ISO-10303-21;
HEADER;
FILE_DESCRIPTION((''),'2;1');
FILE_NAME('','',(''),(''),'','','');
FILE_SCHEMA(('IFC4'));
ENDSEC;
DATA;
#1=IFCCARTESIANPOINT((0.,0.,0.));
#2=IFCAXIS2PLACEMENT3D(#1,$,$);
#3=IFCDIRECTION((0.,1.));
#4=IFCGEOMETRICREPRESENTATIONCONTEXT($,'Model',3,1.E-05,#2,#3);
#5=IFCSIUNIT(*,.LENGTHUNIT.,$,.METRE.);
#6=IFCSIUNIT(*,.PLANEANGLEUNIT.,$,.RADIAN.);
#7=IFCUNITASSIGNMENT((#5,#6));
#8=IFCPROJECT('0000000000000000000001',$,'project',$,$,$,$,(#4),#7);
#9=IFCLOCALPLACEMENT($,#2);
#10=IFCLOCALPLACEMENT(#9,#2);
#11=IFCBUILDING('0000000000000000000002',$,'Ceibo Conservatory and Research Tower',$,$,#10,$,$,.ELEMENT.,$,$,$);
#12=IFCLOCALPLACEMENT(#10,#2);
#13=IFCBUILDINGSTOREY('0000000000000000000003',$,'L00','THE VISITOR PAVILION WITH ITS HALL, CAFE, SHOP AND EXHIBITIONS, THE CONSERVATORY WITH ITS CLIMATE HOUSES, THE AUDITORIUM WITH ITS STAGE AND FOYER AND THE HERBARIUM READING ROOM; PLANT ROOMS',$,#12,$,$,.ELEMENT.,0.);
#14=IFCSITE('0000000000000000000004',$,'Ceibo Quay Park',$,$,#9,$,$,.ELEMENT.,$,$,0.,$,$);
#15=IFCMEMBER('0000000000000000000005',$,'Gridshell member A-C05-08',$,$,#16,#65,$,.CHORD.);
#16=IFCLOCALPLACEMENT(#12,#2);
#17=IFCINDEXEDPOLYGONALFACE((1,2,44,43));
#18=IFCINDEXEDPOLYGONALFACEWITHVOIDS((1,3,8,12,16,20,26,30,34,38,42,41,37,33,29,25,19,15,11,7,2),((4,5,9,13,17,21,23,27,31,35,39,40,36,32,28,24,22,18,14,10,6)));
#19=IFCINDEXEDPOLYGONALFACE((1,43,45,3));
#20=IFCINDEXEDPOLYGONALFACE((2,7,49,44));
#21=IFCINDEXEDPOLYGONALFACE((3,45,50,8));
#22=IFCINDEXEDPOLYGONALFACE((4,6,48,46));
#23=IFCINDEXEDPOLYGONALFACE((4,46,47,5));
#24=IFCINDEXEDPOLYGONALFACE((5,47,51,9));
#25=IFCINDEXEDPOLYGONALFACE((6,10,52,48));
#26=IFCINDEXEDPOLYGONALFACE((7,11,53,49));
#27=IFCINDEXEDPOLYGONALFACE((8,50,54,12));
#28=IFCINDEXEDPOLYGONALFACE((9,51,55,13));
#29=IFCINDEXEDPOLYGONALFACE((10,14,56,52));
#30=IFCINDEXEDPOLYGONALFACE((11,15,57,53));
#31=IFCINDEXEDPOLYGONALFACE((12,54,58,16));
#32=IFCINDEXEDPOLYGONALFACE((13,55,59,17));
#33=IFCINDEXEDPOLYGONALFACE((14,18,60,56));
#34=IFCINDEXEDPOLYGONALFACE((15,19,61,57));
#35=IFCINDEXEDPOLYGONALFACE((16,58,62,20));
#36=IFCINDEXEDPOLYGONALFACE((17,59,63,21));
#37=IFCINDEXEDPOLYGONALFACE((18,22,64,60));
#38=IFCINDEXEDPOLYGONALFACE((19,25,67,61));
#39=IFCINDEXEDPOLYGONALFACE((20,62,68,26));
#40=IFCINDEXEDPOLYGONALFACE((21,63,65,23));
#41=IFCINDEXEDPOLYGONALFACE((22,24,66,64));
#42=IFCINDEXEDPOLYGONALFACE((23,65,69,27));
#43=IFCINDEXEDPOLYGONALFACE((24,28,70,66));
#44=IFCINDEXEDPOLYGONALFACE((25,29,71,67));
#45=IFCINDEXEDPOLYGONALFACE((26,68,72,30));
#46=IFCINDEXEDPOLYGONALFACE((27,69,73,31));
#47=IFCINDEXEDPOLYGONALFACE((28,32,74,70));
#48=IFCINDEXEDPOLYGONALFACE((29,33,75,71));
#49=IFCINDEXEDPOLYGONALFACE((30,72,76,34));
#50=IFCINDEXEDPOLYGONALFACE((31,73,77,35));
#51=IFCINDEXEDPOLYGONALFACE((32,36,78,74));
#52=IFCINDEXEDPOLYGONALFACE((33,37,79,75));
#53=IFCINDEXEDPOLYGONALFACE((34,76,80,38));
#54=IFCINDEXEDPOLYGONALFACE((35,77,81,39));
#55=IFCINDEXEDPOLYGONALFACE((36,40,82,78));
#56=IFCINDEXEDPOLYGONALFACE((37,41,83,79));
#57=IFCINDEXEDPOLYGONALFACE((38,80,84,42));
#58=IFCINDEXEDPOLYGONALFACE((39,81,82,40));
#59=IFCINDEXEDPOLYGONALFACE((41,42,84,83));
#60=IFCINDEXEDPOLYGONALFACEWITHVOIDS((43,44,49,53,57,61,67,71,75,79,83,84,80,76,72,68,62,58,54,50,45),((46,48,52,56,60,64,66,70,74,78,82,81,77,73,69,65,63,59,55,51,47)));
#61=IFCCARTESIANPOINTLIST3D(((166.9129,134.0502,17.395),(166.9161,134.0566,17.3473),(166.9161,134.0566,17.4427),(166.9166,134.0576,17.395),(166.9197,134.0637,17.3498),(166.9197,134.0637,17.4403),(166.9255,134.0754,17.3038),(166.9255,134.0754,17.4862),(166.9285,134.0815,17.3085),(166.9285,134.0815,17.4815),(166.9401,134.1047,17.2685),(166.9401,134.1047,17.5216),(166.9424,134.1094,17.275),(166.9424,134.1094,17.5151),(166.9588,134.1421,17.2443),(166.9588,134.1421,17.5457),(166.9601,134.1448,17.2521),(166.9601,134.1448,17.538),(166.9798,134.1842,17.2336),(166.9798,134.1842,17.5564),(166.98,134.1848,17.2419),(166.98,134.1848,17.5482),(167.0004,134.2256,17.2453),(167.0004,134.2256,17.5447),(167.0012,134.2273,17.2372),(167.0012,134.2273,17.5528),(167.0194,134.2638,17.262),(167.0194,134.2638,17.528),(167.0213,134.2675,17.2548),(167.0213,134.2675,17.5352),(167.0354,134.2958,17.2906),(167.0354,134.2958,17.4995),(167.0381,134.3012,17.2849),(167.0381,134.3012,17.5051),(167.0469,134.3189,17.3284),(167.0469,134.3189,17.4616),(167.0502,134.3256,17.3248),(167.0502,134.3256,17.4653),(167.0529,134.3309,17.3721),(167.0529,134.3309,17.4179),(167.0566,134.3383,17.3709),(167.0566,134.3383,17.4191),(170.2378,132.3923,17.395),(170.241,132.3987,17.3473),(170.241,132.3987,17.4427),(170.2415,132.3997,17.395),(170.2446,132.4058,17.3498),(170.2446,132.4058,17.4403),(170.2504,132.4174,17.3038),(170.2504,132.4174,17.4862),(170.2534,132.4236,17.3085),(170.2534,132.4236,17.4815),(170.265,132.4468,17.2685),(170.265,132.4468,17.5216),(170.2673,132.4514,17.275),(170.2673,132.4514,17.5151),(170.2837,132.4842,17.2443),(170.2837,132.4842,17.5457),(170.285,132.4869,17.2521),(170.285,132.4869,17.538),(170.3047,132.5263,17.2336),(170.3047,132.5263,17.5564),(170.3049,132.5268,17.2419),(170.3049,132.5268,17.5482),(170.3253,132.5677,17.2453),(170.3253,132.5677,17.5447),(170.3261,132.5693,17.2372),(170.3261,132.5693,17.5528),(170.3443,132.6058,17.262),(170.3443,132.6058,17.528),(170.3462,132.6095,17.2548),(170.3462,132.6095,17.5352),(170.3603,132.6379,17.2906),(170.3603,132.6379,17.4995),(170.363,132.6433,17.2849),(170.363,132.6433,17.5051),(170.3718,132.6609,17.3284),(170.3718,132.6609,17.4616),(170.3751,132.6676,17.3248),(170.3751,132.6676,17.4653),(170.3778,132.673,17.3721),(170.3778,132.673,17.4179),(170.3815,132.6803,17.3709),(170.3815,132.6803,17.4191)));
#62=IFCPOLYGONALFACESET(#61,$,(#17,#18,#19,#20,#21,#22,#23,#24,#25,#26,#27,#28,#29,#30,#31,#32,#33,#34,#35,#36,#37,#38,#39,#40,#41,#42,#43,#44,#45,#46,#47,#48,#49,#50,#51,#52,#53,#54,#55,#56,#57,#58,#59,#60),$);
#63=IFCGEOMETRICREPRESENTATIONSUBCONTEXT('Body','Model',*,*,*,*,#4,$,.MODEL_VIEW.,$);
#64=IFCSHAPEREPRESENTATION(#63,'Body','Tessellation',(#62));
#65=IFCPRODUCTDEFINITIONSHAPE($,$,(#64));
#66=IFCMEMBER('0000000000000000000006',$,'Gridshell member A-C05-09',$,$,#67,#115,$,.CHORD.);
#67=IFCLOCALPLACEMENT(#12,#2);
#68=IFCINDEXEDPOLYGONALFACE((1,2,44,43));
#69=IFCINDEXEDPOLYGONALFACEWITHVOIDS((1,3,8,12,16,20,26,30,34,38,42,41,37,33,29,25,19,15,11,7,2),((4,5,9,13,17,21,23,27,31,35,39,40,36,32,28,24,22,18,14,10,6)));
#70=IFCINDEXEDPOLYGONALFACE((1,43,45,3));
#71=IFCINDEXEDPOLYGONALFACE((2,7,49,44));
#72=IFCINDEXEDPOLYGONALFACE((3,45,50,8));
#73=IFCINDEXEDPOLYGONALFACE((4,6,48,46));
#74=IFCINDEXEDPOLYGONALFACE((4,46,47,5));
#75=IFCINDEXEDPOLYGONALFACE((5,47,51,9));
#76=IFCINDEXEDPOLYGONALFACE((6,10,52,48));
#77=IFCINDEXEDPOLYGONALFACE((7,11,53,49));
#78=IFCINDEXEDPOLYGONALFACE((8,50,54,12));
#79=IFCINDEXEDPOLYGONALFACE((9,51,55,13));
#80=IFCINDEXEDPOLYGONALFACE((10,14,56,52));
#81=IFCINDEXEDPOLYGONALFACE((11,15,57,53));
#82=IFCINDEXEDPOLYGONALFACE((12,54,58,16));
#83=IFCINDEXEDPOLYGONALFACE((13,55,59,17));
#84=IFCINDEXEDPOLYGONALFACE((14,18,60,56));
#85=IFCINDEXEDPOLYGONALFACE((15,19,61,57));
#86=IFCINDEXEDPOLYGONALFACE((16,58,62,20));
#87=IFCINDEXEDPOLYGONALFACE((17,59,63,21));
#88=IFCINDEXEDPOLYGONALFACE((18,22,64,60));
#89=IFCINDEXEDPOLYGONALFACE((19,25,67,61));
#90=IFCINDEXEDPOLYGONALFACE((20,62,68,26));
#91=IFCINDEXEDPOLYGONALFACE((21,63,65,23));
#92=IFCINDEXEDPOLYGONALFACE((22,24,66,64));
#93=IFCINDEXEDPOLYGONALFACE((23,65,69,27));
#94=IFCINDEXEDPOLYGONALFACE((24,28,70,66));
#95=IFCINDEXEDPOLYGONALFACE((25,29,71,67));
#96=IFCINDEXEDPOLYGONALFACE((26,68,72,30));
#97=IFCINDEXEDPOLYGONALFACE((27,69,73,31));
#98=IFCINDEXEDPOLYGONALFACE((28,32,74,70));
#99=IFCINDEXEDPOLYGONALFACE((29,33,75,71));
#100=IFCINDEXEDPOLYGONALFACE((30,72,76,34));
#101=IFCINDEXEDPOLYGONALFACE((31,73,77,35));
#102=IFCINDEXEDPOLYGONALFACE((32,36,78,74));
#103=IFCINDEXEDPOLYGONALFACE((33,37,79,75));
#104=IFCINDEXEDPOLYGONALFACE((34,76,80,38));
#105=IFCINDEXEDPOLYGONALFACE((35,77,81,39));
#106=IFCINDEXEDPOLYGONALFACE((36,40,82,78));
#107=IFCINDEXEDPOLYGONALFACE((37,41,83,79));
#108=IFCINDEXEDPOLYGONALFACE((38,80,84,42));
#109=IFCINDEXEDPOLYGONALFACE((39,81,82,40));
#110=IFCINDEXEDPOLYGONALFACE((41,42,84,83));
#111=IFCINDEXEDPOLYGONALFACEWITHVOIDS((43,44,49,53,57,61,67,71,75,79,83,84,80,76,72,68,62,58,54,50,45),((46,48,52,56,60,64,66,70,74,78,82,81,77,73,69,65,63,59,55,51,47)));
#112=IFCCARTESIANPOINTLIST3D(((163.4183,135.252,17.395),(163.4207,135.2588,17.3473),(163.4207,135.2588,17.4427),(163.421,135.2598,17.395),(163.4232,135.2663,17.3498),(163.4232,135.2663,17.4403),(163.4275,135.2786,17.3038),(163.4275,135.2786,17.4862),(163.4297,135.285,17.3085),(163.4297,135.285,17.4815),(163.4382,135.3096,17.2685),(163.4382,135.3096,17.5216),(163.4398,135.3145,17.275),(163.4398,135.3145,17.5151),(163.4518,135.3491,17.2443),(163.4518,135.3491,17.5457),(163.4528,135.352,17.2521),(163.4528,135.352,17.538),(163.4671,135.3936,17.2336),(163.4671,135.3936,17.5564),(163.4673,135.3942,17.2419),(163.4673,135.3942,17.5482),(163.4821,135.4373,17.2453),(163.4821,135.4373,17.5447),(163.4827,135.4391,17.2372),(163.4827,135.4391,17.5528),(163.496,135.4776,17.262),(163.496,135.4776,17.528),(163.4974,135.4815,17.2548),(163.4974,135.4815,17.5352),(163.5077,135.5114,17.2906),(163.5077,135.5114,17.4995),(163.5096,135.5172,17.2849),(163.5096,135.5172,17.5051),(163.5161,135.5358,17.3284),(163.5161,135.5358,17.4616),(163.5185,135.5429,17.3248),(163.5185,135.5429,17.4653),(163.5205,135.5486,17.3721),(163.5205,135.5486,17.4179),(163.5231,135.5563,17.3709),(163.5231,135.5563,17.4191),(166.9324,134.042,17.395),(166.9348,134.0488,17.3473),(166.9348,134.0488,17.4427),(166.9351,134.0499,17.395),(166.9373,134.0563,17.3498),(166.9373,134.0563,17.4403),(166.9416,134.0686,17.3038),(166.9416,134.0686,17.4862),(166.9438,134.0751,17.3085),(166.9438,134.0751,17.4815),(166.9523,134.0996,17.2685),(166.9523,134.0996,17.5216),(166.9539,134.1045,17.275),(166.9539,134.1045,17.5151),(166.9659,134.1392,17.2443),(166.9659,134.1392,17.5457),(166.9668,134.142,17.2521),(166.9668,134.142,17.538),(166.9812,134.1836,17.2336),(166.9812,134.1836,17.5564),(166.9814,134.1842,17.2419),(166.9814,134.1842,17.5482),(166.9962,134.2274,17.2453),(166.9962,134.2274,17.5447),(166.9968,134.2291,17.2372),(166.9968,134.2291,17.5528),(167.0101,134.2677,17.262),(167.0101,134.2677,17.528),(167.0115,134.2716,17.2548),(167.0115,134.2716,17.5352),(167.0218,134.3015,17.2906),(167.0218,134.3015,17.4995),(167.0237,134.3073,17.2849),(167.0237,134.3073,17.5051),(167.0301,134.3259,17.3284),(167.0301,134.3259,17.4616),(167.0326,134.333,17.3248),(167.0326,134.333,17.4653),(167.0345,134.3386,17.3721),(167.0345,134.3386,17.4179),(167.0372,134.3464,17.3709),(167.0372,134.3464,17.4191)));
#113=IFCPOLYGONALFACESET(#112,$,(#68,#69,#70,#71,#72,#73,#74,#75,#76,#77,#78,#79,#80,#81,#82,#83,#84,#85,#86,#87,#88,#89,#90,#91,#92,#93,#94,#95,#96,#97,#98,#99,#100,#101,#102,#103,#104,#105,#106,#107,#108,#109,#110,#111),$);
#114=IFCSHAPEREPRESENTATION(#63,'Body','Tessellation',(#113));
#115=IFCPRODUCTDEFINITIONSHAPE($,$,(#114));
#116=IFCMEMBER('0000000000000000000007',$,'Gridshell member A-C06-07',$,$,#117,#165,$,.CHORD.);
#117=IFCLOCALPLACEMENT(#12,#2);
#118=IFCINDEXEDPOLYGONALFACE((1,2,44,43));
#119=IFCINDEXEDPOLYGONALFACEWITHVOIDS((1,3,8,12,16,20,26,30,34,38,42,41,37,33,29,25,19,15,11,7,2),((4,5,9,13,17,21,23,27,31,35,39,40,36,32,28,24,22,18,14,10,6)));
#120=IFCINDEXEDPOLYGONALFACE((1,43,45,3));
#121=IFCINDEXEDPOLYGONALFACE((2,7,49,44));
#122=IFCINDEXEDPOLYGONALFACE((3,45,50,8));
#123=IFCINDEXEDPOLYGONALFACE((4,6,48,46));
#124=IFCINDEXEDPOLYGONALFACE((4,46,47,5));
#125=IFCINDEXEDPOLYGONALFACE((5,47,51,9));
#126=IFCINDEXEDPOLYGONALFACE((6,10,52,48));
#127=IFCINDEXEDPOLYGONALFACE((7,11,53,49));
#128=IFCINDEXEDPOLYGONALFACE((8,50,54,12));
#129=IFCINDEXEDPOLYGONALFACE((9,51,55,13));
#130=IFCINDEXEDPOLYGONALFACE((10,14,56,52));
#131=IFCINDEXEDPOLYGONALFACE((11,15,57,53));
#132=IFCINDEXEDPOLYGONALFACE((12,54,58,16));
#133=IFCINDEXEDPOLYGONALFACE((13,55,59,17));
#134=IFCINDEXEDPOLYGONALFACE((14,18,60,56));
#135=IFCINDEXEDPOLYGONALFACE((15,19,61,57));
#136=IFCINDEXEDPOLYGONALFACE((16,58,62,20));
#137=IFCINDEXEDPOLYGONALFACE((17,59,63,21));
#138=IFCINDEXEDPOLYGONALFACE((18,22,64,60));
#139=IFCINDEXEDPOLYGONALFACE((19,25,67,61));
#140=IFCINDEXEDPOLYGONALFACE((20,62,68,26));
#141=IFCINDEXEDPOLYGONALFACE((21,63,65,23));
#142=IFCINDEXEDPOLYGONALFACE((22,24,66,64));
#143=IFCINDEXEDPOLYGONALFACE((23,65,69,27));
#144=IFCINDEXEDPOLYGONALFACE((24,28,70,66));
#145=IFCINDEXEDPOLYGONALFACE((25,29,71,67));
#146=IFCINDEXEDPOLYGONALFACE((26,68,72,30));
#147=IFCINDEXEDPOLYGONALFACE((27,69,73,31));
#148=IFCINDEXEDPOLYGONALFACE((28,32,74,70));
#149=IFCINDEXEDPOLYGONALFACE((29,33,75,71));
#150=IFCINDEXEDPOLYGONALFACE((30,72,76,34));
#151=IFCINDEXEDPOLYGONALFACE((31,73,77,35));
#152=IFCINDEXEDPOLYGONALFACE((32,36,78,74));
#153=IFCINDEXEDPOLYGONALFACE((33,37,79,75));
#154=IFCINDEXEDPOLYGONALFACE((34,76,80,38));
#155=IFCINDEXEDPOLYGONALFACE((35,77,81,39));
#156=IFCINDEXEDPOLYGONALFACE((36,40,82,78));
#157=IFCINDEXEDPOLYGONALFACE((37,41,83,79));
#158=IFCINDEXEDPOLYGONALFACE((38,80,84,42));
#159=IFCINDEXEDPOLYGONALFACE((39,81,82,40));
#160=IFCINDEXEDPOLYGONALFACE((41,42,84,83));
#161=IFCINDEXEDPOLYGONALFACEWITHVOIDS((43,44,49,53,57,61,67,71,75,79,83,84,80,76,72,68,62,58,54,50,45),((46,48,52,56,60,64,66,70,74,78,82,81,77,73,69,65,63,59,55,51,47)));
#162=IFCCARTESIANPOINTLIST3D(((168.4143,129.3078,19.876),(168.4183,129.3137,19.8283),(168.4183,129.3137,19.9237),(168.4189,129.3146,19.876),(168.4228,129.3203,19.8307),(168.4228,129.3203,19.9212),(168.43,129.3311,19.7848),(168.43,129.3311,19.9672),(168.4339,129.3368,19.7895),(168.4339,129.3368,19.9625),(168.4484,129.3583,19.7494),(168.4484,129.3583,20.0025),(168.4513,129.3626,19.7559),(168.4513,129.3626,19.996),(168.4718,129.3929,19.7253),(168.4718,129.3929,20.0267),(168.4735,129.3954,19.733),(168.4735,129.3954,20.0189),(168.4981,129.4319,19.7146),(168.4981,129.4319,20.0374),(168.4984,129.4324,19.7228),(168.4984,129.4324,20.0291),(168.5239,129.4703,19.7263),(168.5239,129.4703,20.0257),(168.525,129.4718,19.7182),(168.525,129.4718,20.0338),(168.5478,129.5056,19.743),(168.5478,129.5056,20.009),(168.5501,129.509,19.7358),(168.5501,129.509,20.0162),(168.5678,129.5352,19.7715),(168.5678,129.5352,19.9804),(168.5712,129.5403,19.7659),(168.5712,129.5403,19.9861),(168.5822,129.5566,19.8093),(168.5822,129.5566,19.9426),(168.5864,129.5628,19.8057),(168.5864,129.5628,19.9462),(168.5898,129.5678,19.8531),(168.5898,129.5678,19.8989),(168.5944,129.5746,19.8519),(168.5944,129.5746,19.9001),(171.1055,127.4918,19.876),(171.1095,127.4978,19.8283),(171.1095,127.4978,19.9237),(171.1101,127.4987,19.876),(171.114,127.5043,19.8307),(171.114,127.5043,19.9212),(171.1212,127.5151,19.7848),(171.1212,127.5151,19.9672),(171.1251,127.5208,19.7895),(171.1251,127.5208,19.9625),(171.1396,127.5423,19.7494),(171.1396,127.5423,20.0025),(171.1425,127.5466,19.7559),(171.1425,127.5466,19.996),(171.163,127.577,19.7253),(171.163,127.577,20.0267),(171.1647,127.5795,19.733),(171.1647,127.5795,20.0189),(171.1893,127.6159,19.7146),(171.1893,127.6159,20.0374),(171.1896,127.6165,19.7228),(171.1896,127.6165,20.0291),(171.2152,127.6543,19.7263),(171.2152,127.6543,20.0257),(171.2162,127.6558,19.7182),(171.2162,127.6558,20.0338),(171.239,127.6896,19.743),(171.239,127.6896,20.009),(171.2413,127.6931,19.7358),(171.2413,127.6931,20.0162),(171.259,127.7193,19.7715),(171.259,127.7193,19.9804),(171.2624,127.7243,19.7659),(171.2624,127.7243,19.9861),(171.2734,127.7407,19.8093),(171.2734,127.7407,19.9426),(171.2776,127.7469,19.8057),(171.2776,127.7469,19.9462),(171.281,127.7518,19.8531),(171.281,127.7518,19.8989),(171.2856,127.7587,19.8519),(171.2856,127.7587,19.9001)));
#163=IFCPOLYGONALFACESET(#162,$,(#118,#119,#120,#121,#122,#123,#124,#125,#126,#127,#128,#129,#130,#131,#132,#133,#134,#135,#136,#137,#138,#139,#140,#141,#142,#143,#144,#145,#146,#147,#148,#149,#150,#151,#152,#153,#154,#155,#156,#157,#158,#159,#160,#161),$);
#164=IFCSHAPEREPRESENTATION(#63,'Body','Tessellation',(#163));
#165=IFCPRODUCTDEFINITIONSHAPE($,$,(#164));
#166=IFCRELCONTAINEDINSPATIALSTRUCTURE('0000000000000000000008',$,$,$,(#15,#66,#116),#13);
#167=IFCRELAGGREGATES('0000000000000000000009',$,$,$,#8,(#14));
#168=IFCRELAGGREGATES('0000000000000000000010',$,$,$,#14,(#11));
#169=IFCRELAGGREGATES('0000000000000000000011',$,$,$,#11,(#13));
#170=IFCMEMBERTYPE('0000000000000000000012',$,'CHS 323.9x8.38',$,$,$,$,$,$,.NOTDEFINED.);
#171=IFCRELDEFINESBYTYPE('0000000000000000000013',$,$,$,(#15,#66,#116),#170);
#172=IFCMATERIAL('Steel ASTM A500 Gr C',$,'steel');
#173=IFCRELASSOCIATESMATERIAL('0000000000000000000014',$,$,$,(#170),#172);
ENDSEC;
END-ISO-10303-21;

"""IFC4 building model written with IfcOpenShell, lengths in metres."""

from ifc_helpers import new_model, si_unit, direction, frame, origin, origin_2d, place, context, subcontext, project, spatial, hollow_circle, extrude, material, material_profile, profile_set, type_object, element, save


model = new_model("IFC4")

# Units and contexts
model_context = context("Model", 3, precision=1e-05, world=origin(), true_north=direction((0.0, 1.0)))
body_context = subcontext(model_context, "Body", "Model", "MODEL_VIEW")
ifc_project = project(units=[si_unit("LENGTHUNIT", "METRE"), si_unit("PLANEANGLEUNIT", "RADIAN")], contexts=[model_context])

# Site, building, storey
site_placement = place(None, origin())
site = spatial("IfcSite", under=ifc_project, at=site_placement, Name="Ceibo Quay Park", CompositionType="ELEMENT", RefElevation=0.0)
building_placement = place(site_placement, origin())
building = spatial("IfcBuilding", under=site, at=building_placement, Name="Ceibo Conservatory and Research Tower", CompositionType="ELEMENT")
storey_placement = place(building_placement, origin())
storey = spatial("IfcBuildingStorey", under=building, at=storey_placement, Name="L00", Description="THE VISITOR PAVILION WITH ITS HALL, CAFE, SHOP AND EXHIBITIONS, THE CONSERVATORY WITH ITS CLIMATE HOUSES, THE AUDITORIUM WITH ITS STAGE AND FOYER AND THE HERBARIUM READING ROOM; PLANT ROOMS", CompositionType="ELEMENT", Elevation=0.0)

# Members
ifc_material_1 = material(Name="Steel ASTM A500 Gr C", Category="steel")
ifc_material_profile_1 = material_profile(ifc_material_1, hollow_circle(Radius=0.1619, WallThickness=0.0083, at=origin_2d()), Name="CHS 323.9x8.38")
ifc_profile_set_1 = profile_set([ifc_material_profile_1], Name="Steel ASTM A500 Gr C")
member_type_1 = type_object("IfcMemberType", Name="CHS 323.9x8.38", PredefinedType="NOTDEFINED", material=ifc_profile_set_1)
member_1_placement = place(storey_placement, frame((170.3101, 132.5371, 17.395), z_axis=(-0.894913, 0.446241, 0.0), x_axis=(-0.446241, -0.894913, 0.0)))
element("IfcMember", 1, at=member_1_placement, inside=storey, type_object=member_type_1, Name="Gridshell member A-C05-08", PredefinedType="CHORD", context=body_context, shape_type="SweptSolid", body=[
    extrude(hollow_circle(Radius=0.1619, WallThickness=0.0083, at=origin_2d()), origin(), (0.0, 0.0, 1.0), 3.7153),
])
member_2_placement = place(storey_placement, frame((166.9851, 134.1951, 17.395), z_axis=(-0.945524, 0.325553, 0.0), x_axis=(-0.325553, -0.945524, 0.0)))
element("IfcMember", 2, at=member_2_placement, inside=storey, type_object=member_type_1, Name="Gridshell member A-C05-09", PredefinedType="CHORD", context=body_context, shape_type="SweptSolid", body=[
    extrude(hollow_circle(Radius=0.1619, WallThickness=0.0083, at=origin_2d()), origin(), (0.0, 0.0, 1.0), 3.7166),
])
member_3_placement = place(storey_placement, frame((171.196, 127.626, 19.876), z_axis=(-0.828937, 0.559342, 0.0), x_axis=(-0.559342, -0.828937, 0.0)))
element("IfcMember", 3, at=member_3_placement, inside=storey, type_object=member_type_1, Name="Gridshell member A-C06-07", PredefinedType="CHORD", context=body_context, shape_type="SweptSolid", body=[
    extrude(hollow_circle(Radius=0.1619, WallThickness=0.0083, at=origin_2d()), origin(), (0.0, 0.0, 1.0), 3.2466),
])

save(model, "model.ifc")
